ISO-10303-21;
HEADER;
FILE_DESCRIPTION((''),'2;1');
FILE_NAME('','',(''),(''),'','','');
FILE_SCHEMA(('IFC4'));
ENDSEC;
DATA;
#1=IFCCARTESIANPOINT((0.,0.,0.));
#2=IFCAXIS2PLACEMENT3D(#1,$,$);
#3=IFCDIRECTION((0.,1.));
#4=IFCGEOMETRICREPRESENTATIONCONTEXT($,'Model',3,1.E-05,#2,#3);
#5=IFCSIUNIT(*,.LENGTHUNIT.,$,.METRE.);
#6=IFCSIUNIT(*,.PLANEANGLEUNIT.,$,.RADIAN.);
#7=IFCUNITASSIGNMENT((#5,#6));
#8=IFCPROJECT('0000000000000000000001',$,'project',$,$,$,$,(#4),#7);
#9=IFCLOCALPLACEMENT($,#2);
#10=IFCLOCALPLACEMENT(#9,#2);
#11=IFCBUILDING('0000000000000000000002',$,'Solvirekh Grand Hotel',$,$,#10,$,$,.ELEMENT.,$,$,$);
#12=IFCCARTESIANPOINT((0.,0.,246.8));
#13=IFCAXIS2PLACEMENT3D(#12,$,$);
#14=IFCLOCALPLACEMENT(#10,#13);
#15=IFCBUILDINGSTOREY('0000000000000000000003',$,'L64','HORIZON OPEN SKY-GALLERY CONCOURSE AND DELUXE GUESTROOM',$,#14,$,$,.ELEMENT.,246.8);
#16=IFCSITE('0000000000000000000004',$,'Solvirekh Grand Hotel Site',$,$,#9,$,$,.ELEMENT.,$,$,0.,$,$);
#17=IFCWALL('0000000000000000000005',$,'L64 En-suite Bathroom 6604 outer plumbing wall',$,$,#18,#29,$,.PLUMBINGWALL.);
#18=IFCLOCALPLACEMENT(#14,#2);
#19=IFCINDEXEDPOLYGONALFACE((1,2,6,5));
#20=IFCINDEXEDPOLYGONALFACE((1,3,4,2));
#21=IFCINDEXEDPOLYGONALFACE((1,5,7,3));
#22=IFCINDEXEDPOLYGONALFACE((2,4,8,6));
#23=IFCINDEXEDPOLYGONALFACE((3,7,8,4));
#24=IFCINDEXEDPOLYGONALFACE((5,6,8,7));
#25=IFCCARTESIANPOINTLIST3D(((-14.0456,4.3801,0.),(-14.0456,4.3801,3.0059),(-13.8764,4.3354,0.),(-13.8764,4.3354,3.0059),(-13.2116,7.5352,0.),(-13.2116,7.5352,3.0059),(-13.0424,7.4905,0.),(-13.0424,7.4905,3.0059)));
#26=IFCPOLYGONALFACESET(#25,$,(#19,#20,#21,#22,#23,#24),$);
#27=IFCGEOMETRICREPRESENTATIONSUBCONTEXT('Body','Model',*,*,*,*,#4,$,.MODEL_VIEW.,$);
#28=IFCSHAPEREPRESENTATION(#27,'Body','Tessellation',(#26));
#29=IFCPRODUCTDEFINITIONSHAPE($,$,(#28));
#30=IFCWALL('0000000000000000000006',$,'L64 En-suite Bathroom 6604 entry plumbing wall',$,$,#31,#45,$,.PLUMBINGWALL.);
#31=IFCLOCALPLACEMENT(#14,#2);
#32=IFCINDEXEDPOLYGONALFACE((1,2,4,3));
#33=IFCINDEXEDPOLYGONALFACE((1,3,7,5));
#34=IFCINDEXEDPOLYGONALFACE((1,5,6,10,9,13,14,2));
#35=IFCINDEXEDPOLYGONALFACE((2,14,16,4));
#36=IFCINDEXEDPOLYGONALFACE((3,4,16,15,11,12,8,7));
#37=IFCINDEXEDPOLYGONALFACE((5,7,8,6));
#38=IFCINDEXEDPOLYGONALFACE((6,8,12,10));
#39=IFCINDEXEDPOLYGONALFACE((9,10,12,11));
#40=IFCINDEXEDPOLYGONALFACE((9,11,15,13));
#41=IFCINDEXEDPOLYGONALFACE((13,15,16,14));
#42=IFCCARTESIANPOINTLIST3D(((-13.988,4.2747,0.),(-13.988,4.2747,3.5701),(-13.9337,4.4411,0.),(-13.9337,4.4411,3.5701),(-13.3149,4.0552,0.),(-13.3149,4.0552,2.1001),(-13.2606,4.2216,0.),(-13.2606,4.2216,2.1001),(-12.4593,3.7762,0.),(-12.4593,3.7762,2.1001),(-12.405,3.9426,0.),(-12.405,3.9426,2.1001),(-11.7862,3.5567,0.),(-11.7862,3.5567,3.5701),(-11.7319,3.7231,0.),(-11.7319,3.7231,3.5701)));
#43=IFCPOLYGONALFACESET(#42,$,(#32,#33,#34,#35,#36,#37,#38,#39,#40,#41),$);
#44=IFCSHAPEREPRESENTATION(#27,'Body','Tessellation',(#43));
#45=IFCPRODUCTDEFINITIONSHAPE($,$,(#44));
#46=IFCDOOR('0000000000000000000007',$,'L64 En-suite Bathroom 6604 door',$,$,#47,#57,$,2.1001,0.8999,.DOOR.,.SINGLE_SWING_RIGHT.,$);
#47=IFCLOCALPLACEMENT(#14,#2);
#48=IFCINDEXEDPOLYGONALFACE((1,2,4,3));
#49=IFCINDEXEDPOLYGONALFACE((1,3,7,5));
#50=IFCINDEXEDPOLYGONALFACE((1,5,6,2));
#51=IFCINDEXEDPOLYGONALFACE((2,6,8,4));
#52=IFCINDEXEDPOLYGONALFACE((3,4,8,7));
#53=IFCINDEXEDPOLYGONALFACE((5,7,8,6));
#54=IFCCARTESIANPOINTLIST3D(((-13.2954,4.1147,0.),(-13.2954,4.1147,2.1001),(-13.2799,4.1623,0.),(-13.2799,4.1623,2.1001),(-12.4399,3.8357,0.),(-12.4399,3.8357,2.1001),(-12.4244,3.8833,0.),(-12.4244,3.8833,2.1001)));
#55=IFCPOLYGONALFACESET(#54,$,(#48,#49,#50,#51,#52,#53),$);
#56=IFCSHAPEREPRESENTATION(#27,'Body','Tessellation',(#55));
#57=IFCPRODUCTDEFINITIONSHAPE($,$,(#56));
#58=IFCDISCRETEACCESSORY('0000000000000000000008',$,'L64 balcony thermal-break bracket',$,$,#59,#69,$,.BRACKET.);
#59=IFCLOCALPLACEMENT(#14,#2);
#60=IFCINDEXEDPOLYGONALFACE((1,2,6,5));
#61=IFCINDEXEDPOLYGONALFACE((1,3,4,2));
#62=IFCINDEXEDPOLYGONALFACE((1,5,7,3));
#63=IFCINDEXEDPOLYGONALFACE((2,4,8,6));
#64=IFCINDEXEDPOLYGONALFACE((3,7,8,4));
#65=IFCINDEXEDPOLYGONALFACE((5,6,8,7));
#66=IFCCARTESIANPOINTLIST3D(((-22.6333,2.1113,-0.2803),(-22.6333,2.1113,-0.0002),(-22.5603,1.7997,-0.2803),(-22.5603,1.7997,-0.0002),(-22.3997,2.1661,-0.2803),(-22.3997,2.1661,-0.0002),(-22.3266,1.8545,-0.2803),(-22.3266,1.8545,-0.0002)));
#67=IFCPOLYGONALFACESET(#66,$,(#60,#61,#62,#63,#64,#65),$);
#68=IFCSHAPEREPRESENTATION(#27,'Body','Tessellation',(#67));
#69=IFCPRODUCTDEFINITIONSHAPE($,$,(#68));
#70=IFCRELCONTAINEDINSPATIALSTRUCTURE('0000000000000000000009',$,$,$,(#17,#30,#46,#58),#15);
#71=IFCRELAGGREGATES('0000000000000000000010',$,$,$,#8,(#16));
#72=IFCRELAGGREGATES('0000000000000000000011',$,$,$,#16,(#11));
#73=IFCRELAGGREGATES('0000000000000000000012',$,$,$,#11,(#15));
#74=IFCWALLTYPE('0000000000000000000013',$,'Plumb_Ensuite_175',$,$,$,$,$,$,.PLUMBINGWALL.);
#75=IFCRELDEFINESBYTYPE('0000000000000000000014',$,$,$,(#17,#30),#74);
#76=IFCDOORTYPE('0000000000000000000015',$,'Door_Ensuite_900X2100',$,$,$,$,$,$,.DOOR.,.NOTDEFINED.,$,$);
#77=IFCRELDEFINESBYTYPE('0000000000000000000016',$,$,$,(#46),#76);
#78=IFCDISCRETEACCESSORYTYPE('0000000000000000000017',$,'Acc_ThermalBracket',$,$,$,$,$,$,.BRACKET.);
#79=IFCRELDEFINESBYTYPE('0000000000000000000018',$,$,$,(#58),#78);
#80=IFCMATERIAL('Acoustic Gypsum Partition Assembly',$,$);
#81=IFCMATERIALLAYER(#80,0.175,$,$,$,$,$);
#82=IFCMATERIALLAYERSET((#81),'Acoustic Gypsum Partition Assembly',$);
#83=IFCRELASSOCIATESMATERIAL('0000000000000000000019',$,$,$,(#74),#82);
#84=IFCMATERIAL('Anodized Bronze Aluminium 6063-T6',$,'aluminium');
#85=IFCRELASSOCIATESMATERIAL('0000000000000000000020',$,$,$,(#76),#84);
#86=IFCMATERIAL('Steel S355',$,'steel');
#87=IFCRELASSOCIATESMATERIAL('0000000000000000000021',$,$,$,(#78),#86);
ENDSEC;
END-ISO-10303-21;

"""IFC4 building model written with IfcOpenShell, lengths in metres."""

from ifc_helpers import new_model, si_unit, direction, frame, frame_2d, origin, origin_2d, place, context, subcontext, project, spatial, rectangle, extrude, material, layer, layer_set, type_object, element, fill, save


model = new_model("IFC4")

# Units and contexts
model_context = context("Model", 3, precision=1e-05, world=origin(), true_north=direction((0.0, 1.0)))
body_context = subcontext(model_context, "Body", "Model", "MODEL_VIEW")
ifc_project = project(units=[si_unit("LENGTHUNIT", "METRE"), si_unit("PLANEANGLEUNIT", "RADIAN")], contexts=[model_context])

# Site, building, storey
site_placement = place(None, origin())
site = spatial("IfcSite", under=ifc_project, at=site_placement, Name="Solvirekh Grand Hotel Site", CompositionType="ELEMENT", RefElevation=0.0)
building_placement = place(site_placement, origin())
building = spatial("IfcBuilding", under=site, at=building_placement, Name="Solvirekh Grand Hotel", CompositionType="ELEMENT")
storey_placement = place(building_placement, frame((0.0, 0.0, 246.8)))
storey = spatial("IfcBuildingStorey", under=building, at=storey_placement, Name="L64", Description="HORIZON OPEN SKY-GALLERY CONCOURSE AND DELUXE GUESTROOM", CompositionType="ELEMENT", Elevation=246.8)

# Shared definitions
ifc_material_1 = material(Name="Steel S355", Category="steel")

# Shared definitions
ifc_material_2 = material(Name="Acoustic Gypsum Partition Assembly")

# Wall
ifc_layer_1 = layer(ifc_material_2, 0.175)
ifc_layer_set_1 = layer_set([ifc_layer_1], Name="Acoustic Gypsum Partition Assembly")
wall_type_1 = type_object("IfcWallType", Name="Plumb_Ensuite_175", PredefinedType="PLUMBINGWALL", material=ifc_layer_set_1)
wall_1_placement = place(storey_placement, frame((-13.127, 7.5129, 0.0), z_axis=(0.0, 0.0, 1.0), x_axis=(-0.255557, -0.966794, 0.0)))
element("IfcWall", 1, at=wall_1_placement, inside=storey, type_object=wall_type_1, Name="L64 En-suite Bathroom 6604 outer plumbing wall", PredefinedType="PLUMBINGWALL", context=body_context, shape_type="SweptSolid", body=[
    extrude(rectangle(XDim=3.2634, YDim=0.175, at=frame_2d((1.6318, 0.0))), origin(), (0.0, 0.0, 1.0), 3.0059),
])

# Wall, opening, door
wall_2_placement = place(storey_placement, frame((-11.759, 3.6399, 0.0), z_axis=(0.0, 0.0, 1.0), x_axis=(-0.950729, 0.310023, 0.0)))
wall_2 = element("IfcWall", 2, at=wall_2_placement, inside=storey, type_object=wall_type_1, Name="L64 En-suite Bathroom 6604 entry plumbing wall", PredefinedType="PLUMBINGWALL", context=body_context, shape_type="SweptSolid", body=[
    extrude(rectangle(XDim=2.3159, YDim=0.175, at=frame_2d((1.158, 0.0))), origin(), (0.0, 0.0, 1.0), 3.5701),
])
opening_1_placement = place(wall_2_placement, frame((0.708, 0.0, 0.0)))
opening_1 = element("IfcOpeningElement", 3, at=opening_1_placement, cuts=wall_2, PredefinedType="OPENING", context=body_context, shape_type="SweptSolid", body=[
    extrude(rectangle(XDim=0.8999, YDim=2.1001, at=frame_2d((0.45, 1.05))), frame((0.0, 0.0977, 0.0), z_axis=(0.0, -1.0, 0.0), x_axis=(1.0, 0.0, 0.0)), (0.0, 0.0, 1.0), 0.1951),
])
ifc_material_3 = material(Name="Anodized Bronze Aluminium 6063-T6", Category="aluminium")
door_type_1 = type_object("IfcDoorType", Name="Door_Ensuite_900X2100", OperationType="NOTDEFINED", PredefinedType="DOOR", material=ifc_material_3)
door_1_placement = place(opening_1_placement, origin())
door_1 = element("IfcDoor", 4, at=door_1_placement, inside=storey, type_object=door_type_1, Name="L64 En-suite Bathroom 6604 door", OperationType="SINGLE_SWING_RIGHT", OverallHeight=2.1001, OverallWidth=0.8999, PredefinedType="DOOR", context=body_context, shape_type="SweptSolid", body=[
    extrude(rectangle(XDim=0.8999, YDim=2.1001, at=frame_2d((0.45, 1.05))), frame((0.0, 0.0249, 0.0), z_axis=(0.0, -1.0, 0.0), x_axis=(1.0, 0.0, 0.0)), (0.0, 0.0, 1.0), 0.05),
])
fill(opening_1, door_1)

# Discrete accessory
discrete_accessory_type = type_object("IfcDiscreteAccessoryType", Name="Acc_ThermalBracket", PredefinedType="BRACKET", material=ifc_material_1)
discrete_accessory_placement = place(storey_placement, frame((-22.48, 1.9829, -0.2803), z_axis=(0.0, 0.0, 1.0), x_axis=(0.228351, -0.973579, 0.0)))
element("IfcDiscreteAccessory", 5, at=discrete_accessory_placement, inside=storey, type_object=discrete_accessory_type, Name="L64 balcony thermal-break bracket", PredefinedType="BRACKET", context=body_context, shape_type="SweptSolid", body=[
    extrude(rectangle(XDim=0.3201, YDim=0.24, at=origin_2d()), origin(), (0.0, 0.0, 1.0), 0.28),
])

save(model, "model.ifc")
